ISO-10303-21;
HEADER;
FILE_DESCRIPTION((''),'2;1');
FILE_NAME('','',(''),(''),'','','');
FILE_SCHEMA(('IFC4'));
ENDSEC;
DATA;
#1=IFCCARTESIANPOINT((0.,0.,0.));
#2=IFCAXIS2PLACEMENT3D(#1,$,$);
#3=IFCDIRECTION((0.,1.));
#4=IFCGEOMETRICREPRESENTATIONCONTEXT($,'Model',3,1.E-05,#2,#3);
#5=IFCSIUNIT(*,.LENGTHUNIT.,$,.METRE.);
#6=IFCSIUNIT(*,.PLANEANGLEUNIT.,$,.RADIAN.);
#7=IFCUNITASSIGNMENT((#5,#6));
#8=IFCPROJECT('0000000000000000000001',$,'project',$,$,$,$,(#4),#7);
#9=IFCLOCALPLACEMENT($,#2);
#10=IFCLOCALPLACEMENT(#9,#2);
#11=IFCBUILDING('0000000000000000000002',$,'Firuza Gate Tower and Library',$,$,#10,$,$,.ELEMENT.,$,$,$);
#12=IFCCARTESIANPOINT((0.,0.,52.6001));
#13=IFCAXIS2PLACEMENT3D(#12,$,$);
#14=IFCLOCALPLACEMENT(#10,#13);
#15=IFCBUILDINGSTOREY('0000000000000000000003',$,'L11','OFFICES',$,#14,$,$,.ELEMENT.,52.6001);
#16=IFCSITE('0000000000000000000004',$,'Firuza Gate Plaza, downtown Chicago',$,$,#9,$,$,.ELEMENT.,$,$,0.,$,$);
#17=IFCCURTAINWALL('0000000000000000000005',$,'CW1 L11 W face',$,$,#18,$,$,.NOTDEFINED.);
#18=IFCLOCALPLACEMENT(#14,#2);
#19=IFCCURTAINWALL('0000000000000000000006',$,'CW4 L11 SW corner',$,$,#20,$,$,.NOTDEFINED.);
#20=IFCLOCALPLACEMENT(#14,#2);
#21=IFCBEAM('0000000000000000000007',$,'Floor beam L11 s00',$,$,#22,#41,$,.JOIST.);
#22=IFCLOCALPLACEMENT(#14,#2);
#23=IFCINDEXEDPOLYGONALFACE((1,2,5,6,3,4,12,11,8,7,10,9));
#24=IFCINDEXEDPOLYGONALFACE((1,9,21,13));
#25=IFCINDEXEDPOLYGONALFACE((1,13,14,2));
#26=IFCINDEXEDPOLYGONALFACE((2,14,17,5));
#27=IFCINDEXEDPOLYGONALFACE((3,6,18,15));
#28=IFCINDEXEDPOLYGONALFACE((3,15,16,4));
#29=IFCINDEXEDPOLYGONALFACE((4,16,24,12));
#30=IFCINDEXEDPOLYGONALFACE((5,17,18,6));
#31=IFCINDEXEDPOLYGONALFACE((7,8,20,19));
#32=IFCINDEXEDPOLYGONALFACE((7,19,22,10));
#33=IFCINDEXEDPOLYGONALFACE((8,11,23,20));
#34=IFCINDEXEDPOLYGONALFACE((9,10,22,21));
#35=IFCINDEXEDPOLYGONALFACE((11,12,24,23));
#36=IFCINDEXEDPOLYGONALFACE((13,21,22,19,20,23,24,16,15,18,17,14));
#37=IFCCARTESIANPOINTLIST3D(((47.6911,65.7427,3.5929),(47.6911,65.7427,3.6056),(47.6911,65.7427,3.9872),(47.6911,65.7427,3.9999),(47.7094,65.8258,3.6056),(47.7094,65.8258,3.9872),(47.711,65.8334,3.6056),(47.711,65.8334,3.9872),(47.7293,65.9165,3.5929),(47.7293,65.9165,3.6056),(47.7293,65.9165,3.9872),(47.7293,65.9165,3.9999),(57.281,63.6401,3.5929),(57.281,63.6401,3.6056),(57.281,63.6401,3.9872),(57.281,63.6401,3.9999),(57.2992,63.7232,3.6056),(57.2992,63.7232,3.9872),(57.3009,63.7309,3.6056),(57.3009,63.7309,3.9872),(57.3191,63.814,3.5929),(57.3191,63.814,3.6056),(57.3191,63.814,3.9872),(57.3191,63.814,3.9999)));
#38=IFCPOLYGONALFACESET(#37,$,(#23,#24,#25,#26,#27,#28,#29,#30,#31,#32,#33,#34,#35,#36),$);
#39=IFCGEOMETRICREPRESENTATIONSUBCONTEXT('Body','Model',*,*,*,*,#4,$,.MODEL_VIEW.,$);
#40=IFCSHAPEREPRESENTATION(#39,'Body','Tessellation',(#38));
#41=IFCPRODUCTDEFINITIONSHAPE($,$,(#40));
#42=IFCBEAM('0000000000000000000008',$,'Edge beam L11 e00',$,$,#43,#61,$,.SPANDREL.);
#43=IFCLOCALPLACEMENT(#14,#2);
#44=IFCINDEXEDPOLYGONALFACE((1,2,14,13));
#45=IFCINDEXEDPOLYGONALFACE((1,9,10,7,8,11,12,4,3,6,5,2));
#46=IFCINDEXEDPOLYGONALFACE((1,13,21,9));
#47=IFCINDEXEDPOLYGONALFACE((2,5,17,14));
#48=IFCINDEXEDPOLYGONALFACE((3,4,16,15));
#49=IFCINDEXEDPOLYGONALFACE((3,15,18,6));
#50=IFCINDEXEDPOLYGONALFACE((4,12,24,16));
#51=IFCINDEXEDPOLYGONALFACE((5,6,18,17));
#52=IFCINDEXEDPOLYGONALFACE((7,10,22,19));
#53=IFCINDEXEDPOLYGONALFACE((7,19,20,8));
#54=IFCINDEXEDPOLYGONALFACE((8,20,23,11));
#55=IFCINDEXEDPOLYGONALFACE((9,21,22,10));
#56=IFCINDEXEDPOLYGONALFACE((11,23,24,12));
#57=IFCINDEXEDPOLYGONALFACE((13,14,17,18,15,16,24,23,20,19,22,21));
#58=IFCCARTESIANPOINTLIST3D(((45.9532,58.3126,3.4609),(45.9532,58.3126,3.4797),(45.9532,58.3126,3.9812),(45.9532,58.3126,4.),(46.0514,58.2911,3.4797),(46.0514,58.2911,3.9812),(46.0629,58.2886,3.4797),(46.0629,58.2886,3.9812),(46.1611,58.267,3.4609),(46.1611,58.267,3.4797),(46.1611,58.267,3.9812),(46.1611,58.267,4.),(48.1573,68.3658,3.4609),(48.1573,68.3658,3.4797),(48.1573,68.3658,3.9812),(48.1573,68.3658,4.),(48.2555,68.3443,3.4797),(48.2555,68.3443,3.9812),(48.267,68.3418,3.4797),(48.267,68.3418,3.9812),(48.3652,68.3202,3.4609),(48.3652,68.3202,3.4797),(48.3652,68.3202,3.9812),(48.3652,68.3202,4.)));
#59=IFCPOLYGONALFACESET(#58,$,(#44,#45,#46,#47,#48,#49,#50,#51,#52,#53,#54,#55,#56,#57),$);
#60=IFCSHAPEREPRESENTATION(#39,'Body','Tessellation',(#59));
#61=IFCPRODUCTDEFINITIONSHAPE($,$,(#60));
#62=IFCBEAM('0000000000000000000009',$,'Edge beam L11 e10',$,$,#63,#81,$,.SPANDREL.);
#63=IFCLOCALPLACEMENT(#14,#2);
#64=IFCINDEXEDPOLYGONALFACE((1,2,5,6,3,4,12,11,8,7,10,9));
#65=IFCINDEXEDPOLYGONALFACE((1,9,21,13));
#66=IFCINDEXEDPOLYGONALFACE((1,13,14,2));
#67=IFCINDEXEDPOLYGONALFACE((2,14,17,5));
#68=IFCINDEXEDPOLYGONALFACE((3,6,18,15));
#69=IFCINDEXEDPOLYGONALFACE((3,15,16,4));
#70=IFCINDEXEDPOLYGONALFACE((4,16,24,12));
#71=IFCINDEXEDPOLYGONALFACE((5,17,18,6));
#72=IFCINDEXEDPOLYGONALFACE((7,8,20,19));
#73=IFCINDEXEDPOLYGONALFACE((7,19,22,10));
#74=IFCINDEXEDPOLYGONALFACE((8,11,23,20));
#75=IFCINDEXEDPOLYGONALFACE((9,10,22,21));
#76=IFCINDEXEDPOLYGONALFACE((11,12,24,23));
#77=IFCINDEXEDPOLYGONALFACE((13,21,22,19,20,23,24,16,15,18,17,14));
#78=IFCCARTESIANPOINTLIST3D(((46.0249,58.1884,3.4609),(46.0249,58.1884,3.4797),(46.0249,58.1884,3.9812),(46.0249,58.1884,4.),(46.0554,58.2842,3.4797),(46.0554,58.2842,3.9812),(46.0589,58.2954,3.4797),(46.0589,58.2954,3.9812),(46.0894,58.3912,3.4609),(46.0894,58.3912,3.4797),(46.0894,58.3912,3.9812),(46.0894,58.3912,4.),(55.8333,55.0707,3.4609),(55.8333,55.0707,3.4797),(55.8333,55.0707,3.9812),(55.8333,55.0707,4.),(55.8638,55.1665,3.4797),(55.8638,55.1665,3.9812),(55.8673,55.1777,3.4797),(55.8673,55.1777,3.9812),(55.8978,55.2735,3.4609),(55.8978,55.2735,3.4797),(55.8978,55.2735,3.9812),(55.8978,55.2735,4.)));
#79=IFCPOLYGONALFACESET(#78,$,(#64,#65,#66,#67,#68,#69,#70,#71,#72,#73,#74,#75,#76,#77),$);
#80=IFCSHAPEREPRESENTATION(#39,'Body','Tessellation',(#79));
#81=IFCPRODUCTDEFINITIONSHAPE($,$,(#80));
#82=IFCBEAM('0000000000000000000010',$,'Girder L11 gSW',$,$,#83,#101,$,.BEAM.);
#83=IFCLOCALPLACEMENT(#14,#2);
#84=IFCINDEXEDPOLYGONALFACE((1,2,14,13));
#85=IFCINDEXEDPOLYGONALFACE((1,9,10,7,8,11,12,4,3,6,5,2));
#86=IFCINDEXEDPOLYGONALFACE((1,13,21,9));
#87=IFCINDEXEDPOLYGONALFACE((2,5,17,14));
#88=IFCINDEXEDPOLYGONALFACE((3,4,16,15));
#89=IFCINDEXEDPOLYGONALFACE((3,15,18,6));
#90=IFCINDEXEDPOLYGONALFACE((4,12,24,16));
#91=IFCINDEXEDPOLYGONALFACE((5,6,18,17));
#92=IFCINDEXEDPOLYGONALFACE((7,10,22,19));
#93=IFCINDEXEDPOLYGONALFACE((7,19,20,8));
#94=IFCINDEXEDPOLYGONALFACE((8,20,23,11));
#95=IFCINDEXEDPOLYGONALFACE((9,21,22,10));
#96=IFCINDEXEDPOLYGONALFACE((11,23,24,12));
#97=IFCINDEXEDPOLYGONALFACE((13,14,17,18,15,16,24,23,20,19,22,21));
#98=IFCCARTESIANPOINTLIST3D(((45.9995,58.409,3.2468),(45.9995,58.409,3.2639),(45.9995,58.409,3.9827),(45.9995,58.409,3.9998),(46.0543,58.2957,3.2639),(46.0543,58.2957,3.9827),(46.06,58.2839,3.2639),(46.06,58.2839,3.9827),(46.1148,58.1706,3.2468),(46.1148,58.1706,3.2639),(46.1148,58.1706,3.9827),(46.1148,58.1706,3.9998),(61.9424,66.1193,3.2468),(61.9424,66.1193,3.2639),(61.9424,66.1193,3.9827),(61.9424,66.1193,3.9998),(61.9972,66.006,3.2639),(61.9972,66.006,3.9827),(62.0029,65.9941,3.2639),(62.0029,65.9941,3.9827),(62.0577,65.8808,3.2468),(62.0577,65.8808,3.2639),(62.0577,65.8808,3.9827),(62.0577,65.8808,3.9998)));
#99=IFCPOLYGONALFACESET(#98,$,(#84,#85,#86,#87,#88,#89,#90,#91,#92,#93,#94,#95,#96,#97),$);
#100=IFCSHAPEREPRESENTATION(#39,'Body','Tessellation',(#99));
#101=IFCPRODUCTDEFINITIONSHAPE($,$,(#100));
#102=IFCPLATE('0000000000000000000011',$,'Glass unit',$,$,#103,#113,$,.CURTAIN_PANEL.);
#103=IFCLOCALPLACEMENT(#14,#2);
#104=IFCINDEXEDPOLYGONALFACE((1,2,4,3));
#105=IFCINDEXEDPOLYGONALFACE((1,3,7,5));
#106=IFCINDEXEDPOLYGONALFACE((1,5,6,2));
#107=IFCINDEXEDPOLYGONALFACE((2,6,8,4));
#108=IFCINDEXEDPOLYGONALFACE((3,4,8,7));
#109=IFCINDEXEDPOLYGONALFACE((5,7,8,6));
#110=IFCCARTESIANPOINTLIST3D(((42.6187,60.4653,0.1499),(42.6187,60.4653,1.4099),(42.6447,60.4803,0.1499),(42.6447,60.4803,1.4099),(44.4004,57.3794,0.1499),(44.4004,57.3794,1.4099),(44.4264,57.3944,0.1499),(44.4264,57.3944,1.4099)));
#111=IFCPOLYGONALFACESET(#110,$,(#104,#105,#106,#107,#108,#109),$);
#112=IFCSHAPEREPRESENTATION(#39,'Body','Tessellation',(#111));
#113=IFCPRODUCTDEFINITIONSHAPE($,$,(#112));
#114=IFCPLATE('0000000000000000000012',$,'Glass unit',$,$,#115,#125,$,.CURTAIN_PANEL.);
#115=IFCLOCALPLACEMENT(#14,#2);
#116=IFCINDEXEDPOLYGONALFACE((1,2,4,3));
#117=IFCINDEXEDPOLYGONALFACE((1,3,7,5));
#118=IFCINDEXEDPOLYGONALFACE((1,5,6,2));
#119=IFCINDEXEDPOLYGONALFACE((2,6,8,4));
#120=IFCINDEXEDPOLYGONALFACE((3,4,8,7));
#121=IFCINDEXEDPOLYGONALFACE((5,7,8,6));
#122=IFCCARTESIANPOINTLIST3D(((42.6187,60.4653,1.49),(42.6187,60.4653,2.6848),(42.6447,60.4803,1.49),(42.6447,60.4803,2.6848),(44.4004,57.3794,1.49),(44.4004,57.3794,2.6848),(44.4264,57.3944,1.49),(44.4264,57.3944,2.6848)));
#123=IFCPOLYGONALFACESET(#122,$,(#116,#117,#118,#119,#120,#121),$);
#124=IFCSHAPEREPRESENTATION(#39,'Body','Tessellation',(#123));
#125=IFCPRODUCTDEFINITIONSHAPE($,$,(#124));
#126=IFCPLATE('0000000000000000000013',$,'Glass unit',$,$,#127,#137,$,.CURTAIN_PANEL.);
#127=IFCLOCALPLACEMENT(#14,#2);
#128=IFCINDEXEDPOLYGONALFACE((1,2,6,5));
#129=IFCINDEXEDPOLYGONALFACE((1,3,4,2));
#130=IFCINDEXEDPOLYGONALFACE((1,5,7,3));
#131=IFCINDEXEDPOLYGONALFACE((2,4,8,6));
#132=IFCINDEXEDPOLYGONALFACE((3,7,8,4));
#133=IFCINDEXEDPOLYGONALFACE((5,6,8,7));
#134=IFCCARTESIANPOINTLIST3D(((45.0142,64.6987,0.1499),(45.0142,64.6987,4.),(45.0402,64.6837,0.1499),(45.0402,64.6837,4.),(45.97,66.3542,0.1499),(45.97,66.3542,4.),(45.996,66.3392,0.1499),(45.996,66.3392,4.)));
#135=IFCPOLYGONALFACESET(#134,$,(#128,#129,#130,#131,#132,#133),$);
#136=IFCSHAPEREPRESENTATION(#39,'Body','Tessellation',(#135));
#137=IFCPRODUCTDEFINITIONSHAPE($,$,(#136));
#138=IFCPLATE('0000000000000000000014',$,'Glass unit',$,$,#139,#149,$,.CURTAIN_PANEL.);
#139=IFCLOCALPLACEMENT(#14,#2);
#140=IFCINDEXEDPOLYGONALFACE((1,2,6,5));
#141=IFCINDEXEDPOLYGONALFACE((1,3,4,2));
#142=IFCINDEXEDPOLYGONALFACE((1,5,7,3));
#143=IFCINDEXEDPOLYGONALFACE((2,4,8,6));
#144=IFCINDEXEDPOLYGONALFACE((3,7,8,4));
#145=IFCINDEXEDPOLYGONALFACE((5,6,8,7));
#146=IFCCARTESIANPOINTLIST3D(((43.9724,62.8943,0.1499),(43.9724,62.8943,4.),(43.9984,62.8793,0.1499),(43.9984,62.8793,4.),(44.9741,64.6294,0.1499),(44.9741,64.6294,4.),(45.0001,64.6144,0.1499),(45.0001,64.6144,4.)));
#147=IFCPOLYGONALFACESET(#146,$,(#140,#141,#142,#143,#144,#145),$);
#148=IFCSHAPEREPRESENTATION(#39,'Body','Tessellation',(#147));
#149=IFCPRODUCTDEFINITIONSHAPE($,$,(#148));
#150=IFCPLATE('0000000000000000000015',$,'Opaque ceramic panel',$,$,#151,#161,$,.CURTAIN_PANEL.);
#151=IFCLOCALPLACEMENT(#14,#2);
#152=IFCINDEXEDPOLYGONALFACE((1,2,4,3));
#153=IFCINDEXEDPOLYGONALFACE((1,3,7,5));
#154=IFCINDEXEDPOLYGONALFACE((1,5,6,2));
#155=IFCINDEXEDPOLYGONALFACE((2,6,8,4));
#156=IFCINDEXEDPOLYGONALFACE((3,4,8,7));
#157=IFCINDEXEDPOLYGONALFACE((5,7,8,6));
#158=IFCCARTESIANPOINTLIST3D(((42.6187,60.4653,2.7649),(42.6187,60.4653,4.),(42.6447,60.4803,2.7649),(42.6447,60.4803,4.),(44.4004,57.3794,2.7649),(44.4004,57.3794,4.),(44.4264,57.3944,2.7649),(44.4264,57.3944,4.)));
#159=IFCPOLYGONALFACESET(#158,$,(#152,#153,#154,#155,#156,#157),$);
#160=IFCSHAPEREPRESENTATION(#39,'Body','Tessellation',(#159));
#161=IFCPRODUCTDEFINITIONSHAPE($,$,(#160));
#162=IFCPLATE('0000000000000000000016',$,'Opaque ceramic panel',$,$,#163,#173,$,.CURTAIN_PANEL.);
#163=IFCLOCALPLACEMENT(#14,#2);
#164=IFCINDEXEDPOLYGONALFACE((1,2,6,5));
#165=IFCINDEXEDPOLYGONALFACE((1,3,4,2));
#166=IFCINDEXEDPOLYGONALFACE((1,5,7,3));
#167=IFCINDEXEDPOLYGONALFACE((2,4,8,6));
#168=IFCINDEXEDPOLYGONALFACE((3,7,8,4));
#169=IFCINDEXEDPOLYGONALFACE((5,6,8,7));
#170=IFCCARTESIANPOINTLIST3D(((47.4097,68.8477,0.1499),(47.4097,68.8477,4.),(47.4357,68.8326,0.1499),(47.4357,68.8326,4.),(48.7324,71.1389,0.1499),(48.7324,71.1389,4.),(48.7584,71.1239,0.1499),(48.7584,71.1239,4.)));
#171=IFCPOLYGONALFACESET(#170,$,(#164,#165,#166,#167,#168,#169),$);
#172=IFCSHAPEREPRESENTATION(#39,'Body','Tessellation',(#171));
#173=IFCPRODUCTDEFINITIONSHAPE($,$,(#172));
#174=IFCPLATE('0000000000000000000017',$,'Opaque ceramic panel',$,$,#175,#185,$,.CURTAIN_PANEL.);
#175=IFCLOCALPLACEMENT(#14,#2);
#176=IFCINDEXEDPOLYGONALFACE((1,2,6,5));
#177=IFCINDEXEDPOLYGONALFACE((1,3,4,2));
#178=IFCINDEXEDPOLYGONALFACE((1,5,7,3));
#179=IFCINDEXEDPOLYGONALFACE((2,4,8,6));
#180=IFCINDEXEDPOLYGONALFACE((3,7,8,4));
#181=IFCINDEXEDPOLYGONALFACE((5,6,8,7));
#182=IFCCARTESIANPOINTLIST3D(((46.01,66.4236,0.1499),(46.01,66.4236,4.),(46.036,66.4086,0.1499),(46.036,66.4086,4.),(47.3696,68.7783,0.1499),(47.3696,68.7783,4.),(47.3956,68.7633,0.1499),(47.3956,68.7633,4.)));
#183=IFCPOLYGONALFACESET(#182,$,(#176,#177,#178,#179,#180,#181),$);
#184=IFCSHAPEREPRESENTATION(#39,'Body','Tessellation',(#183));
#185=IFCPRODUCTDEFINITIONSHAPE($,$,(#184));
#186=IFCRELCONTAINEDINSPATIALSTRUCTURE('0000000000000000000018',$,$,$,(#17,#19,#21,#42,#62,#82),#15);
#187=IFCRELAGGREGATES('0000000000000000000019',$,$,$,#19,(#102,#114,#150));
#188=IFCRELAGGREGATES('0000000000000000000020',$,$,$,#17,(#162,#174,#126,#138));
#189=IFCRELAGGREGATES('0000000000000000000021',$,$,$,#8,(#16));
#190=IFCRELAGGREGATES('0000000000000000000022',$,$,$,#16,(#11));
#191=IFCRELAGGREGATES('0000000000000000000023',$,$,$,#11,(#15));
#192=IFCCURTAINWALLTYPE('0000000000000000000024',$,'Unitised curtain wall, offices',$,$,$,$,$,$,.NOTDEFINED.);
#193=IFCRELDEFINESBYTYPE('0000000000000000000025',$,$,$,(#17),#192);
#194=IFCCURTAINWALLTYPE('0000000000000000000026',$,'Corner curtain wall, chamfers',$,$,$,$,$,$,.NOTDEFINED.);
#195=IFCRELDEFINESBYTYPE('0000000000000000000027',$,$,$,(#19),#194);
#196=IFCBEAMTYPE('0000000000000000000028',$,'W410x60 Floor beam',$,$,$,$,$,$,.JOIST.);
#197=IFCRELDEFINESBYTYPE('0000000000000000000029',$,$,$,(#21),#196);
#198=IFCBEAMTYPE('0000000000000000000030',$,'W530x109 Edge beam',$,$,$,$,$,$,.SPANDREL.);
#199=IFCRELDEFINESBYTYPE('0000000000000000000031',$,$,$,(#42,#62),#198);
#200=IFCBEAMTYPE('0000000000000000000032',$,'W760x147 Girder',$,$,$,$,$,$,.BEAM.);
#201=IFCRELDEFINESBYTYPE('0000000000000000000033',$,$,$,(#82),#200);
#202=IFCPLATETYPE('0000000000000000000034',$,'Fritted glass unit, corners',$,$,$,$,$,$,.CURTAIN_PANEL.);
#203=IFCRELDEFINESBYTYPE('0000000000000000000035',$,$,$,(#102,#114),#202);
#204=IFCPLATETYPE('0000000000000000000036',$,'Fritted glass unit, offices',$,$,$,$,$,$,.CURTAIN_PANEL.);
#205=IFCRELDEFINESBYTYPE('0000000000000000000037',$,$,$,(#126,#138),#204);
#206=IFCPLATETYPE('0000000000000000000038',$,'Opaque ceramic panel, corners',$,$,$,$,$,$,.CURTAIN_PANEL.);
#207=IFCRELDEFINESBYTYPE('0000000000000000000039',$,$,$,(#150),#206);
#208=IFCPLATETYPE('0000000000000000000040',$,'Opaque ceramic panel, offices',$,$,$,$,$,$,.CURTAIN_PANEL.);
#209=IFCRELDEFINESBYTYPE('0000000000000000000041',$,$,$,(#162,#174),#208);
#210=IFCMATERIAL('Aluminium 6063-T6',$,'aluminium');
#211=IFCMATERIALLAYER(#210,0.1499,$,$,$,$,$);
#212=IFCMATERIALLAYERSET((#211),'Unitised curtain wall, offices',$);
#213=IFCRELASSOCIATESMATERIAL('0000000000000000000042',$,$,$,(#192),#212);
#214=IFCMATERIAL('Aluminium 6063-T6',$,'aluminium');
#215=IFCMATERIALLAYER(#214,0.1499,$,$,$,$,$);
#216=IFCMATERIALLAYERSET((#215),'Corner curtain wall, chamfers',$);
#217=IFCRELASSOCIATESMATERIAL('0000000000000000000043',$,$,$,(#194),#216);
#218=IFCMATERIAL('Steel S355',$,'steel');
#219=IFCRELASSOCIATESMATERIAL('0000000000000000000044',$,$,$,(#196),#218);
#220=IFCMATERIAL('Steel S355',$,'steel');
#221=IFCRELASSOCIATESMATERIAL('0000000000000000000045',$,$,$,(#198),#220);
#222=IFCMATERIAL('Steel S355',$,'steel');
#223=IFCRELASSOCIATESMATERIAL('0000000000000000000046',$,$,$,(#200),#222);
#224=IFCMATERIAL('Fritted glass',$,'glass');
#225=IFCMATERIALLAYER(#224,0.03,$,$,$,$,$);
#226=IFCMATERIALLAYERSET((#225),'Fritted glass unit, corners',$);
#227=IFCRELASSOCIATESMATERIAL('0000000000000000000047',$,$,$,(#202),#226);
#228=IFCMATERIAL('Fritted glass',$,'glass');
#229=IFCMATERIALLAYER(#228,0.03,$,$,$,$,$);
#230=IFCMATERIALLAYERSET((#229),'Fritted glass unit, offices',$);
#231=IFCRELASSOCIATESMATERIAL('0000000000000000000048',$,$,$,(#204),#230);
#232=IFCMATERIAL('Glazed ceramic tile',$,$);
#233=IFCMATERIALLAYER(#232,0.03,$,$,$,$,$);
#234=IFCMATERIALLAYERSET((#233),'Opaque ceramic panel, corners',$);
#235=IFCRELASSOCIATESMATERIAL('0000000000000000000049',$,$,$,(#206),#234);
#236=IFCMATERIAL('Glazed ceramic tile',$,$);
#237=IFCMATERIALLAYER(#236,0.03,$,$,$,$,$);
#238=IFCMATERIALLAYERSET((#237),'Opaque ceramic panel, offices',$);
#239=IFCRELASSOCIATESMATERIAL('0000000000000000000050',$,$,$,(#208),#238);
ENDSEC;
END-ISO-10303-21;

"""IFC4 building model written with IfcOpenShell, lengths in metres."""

from ifc_helpers import new_model, si_unit, direction, frame, origin, origin_2d, place, context, subcontext, project, spatial, polyline, i_section, outline, extrude, material, layer, layer_set, material_profile, profile_set, type_object, element, aggregate, save


model = new_model("IFC4")

# Units and contexts
model_context = context("Model", 3, precision=1e-05, world=origin(), true_north=direction((0.0, 1.0)))
body_context = subcontext(model_context, "Body", "Model", "MODEL_VIEW")
ifc_project = project(units=[si_unit("LENGTHUNIT", "METRE"), si_unit("PLANEANGLEUNIT", "RADIAN")], contexts=[model_context])

# Site, building, storey
site_placement = place(None, origin())
site = spatial("IfcSite", under=ifc_project, at=site_placement, Name="Firuza Gate Plaza, downtown Chicago", CompositionType="ELEMENT", RefElevation=0.0)
building_placement = place(site_placement, origin())
building = spatial("IfcBuilding", under=site, at=building_placement, Name="Firuza Gate Tower and Library", CompositionType="ELEMENT")
storey_placement = place(building_placement, frame((0.0, 0.0, 52.6001)))
storey = spatial("IfcBuildingStorey", under=building, at=storey_placement, Name="L11", Description="OFFICES", CompositionType="ELEMENT", Elevation=52.6001)

# Curtain walls
ifc_material_1 = material(Name="Aluminium 6063-T6", Category="aluminium")
ifc_layer_1 = layer(ifc_material_1, 0.1499)
ifc_layer_set_1 = layer_set([ifc_layer_1], Name="Unitised curtain wall, offices")
curtain_wall_type_1 = type_object("IfcCurtainWallType", Name="Unitised curtain wall, offices", PredefinedType="NOTDEFINED", material=ifc_layer_set_1)
placement = place(storey_placement, origin())
curtain_wall_1 = element("IfcCurtainWall", 1, at=placement, inside=storey, type_object=curtain_wall_type_1, Name="CW1 L11 W face", PredefinedType="NOTDEFINED")
ifc_material_2 = material(Name="Aluminium 6063-T6", Category="aluminium")
ifc_layer_2 = layer(ifc_material_2, 0.1499)
ifc_layer_set_2 = layer_set([ifc_layer_2], Name="Corner curtain wall, chamfers")
curtain_wall_type_2 = type_object("IfcCurtainWallType", Name="Corner curtain wall, chamfers", PredefinedType="NOTDEFINED", material=ifc_layer_set_2)
curtain_wall_2 = element("IfcCurtainWall", 2, at=placement, inside=storey, type_object=curtain_wall_type_2, Name="CW4 L11 SW corner", PredefinedType="NOTDEFINED")

# Beams
ifc_material_3 = material(Name="Steel S355", Category="steel")
ifc_material_profile_1 = material_profile(ifc_material_3, i_section(OverallWidth=0.178, OverallDepth=0.407, WebThickness=0.0078, FlangeThickness=0.0127, at=origin_2d()))
ifc_profile_set_1 = profile_set([ifc_material_profile_1], Name="Steel S355")
beam_type_1 = type_object("IfcBeamType", Name="W410x60 Floor beam", PredefinedType="JOIST", material=ifc_profile_set_1)
beam_1_placement = place(storey_placement, frame((47.7102, 65.8296, 3.7964), z_axis=(0.976799, -0.21416, 0.0), x_axis=(0.21416, 0.976799, 0.0)))
element("IfcBeam", 3, at=beam_1_placement, inside=storey, type_object=beam_type_1, Name="Floor beam L11 s00", PredefinedType="JOIST", context=body_context, shape_type="SweptSolid", body=[
    extrude(i_section(OverallWidth=0.178, OverallDepth=0.407, WebThickness=0.0078, FlangeThickness=0.0127, at=origin_2d()), origin(), (0.0, 0.0, 1.0), 9.8176),
])
ifc_material_4 = material(Name="Steel S355", Category="steel")
ifc_material_profile_2 = material_profile(ifc_material_4, i_section(OverallWidth=0.2129, OverallDepth=0.5391, WebThickness=0.0117, FlangeThickness=0.0188, at=origin_2d()))
ifc_profile_set_2 = profile_set([ifc_material_profile_2], Name="Steel S355")
beam_type_2 = type_object("IfcBeamType", Name="W530x109 Edge beam", PredefinedType="SPANDREL", material=ifc_profile_set_2)
for number, where, z_axis, x_axis, name in (
    (4, (48.2612, 68.343, 3.7305), (-0.214157, -0.976799, 0.0), (0.976799, -0.214157, 0.0), "Edge beam L11 e00"),
    (5, (46.0571, 58.2898, 3.7305), (0.953015, -0.302925, 0.0), (0.302925, 0.953015, 0.0), "Edge beam L11 e10"),
):
    element("IfcBeam", number, at=place(storey_placement, frame(where, z_axis=z_axis, x_axis=x_axis)), inside=storey, type_object=beam_type_2, Name=name, PredefinedType="SPANDREL", context=body_context, shape_type="SweptSolid", body=[
        extrude(i_section(OverallWidth=0.2129, OverallDepth=0.5391, WebThickness=0.0117, FlangeThickness=0.0188, at=origin_2d()), origin(), (0.0, 0.0, 1.0), 10.292),
    ])
ifc_material_5 = material(Name="Steel S355", Category="steel")
ifc_material_profile_3 = material_profile(ifc_material_5, i_section(OverallWidth=0.2649, OverallDepth=0.7529, WebThickness=0.0132, FlangeThickness=0.0171, at=origin_2d()))
ifc_profile_set_3 = profile_set([ifc_material_profile_3], Name="Steel S355")
beam_type_3 = type_object("IfcBeamType", Name="W760x147 Girder", PredefinedType="BEAM", material=ifc_profile_set_3)
beam_2_placement = place(storey_placement, frame((46.0571, 58.2898, 3.6233), z_axis=(0.90025, 0.435374, 0.0), x_axis=(-0.435374, 0.90025, 0.0)))
element("IfcBeam", 6, at=beam_2_placement, inside=storey, type_object=beam_type_3, Name="Girder L11 gSW", PredefinedType="BEAM", context=body_context, shape_type="SweptSolid", body=[
    extrude(i_section(OverallWidth=0.2649, OverallDepth=0.7529, WebThickness=0.0132, FlangeThickness=0.0171, at=origin_2d()), origin(), (0.0, 0.0, 1.0), 17.7095),
])

# Plates
ifc_material_6 = material(Name="Fritted glass", Category="glass")
ifc_layer_3 = layer(ifc_material_6, 0.03)
ifc_layer_set_3 = layer_set([ifc_layer_3], Name="Fritted glass unit, corners")
plate_type_1 = type_object("IfcPlateType", Name="Fritted glass unit, corners", PredefinedType="CURTAIN_PANEL", material=ifc_layer_set_3)
plate_1_placement = place(storey_placement, frame((42.6187, 60.4653, 0.1499), z_axis=(-0.866017, -0.500015, 0.0), x_axis=(0.500015, -0.866017, 0.0)))
plate_1 = element("IfcPlate", 7, at=plate_1_placement, type_object=plate_type_1, Name="Glass unit", PredefinedType="CURTAIN_PANEL", context=body_context, shape_type="SweptSolid", body=[
    extrude(outline(polyline([(0.0, 0.0), (3.5634, 0.0), (3.5634, 1.26), (0.0, 1.26), (0.0, 0.0)])), origin(), (0.0, 0.0, -1.0), 0.03),
])
plate_2_placement = place(storey_placement, frame((42.6187, 60.4653, 1.49), z_axis=(-0.866017, -0.500015, 0.0), x_axis=(0.500015, -0.866017, 0.0)))
plate_2 = element("IfcPlate", 8, at=plate_2_placement, type_object=plate_type_1, Name="Glass unit", PredefinedType="CURTAIN_PANEL", context=body_context, shape_type="SweptSolid", body=[
    extrude(outline(polyline([(0.0, 0.0), (3.5634, 0.0), (3.5634, 1.1948), (0.0, 1.1948), (0.0, 0.0)])), origin(), (0.0, 0.0, -1.0), 0.03),
])
ifc_material_7 = material(Name="Fritted glass", Category="glass")
ifc_layer_4 = layer(ifc_material_7, 0.03)
ifc_layer_set_4 = layer_set([ifc_layer_4], Name="Fritted glass unit, offices")
plate_type_2 = type_object("IfcPlateType", Name="Fritted glass unit, offices", PredefinedType="CURTAIN_PANEL", material=ifc_layer_set_4)
plate_3_placement = place(storey_placement, frame((45.97, 66.3542, 0.1499), z_axis=(-0.866026, 0.499999, 0.0), x_axis=(-0.499999, -0.866026, 0.0)))
plate_3 = element("IfcPlate", 9, at=plate_3_placement, type_object=plate_type_2, Name="Glass unit", PredefinedType="CURTAIN_PANEL", context=body_context, shape_type="SweptSolid", body=[
    extrude(outline(polyline([(0.0, 0.0), (1.9116, 0.0), (1.9116, 3.8501), (0.0, 3.8501), (0.0, 0.0)])), origin(), (0.0, 0.0, -1.0), 0.03),
])
plate_4_placement = place(storey_placement, frame((44.9741, 64.6294, 0.1499), z_axis=(-0.866037, 0.499979, 0.0), x_axis=(-0.499979, -0.866037, 0.0)))
plate_4 = element("IfcPlate", 10, at=plate_4_placement, type_object=plate_type_2, Name="Glass unit", PredefinedType="CURTAIN_PANEL", context=body_context, shape_type="SweptSolid", body=[
    extrude(outline(polyline([(0.0, 0.0), (2.0035, 0.0), (2.0035, 3.8501), (0.0, 3.8501), (0.0, 0.0)])), origin(), (0.0, 0.0, -1.0), 0.03),
])
ifc_material_8 = material(Name="Glazed ceramic tile")
ifc_layer_5 = layer(ifc_material_8, 0.03)
ifc_layer_set_5 = layer_set([ifc_layer_5], Name="Opaque ceramic panel, corners")
plate_type_3 = type_object("IfcPlateType", Name="Opaque ceramic panel, corners", PredefinedType="CURTAIN_PANEL", material=ifc_layer_set_5)
plate_5_placement = place(storey_placement, frame((42.6187, 60.4653, 2.7649), z_axis=(-0.866017, -0.500015, 0.0), x_axis=(0.500015, -0.866017, 0.0)))
plate_5 = element("IfcPlate", 11, at=plate_5_placement, type_object=plate_type_3, Name="Opaque ceramic panel", PredefinedType="CURTAIN_PANEL", context=body_context, shape_type="SweptSolid", body=[
    extrude(outline(polyline([(0.0, 0.0), (3.5634, 0.0), (3.5634, 1.2351), (0.0, 1.2351), (0.0, 0.0)])), origin(), (0.0, 0.0, -1.0), 0.03),
])
aggregate(curtain_wall_2, [plate_1, plate_2, plate_5])
ifc_material_9 = material(Name="Glazed ceramic tile")
ifc_layer_6 = layer(ifc_material_9, 0.03)
ifc_layer_set_6 = layer_set([ifc_layer_6], Name="Opaque ceramic panel, offices")
plate_type_4 = type_object("IfcPlateType", Name="Opaque ceramic panel, offices", PredefinedType="CURTAIN_PANEL", material=ifc_layer_set_6)
plate_6_placement = place(storey_placement, frame((48.7324, 71.1389, 0.1499), z_axis=(-0.866043, 0.49997, 0.0), x_axis=(-0.49997, -0.866043, 0.0)))
plate_6 = element("IfcPlate", 12, at=plate_6_placement, type_object=plate_type_4, Name="Opaque ceramic panel", PredefinedType="CURTAIN_PANEL", context=body_context, shape_type="SweptSolid", body=[
    extrude(outline(polyline([(0.0, 0.0), (2.6457, 0.0), (2.6457, 3.8501), (0.0, 3.8501), (0.0, 0.0)])), origin(), (0.0, 0.0, -1.0), 0.03),
])
plate_7_placement = place(storey_placement, frame((47.3696, 68.7783, 0.1499), z_axis=(-0.866008, 0.500031, 0.0), x_axis=(-0.500031, -0.866008, 0.0)))
plate_7 = element("IfcPlate", 13, at=plate_7_placement, type_object=plate_type_4, Name="Opaque ceramic panel", PredefinedType="CURTAIN_PANEL", context=body_context, shape_type="SweptSolid", body=[
    extrude(outline(polyline([(0.0, 0.0), (2.7191, 0.0), (2.7191, 3.8501), (0.0, 3.8501), (0.0, 0.0)])), origin(), (0.0, 0.0, -1.0), 0.03),
])
aggregate(curtain_wall_1, [plate_6, plate_7, plate_3, plate_4])

save(model, "model.ifc")
